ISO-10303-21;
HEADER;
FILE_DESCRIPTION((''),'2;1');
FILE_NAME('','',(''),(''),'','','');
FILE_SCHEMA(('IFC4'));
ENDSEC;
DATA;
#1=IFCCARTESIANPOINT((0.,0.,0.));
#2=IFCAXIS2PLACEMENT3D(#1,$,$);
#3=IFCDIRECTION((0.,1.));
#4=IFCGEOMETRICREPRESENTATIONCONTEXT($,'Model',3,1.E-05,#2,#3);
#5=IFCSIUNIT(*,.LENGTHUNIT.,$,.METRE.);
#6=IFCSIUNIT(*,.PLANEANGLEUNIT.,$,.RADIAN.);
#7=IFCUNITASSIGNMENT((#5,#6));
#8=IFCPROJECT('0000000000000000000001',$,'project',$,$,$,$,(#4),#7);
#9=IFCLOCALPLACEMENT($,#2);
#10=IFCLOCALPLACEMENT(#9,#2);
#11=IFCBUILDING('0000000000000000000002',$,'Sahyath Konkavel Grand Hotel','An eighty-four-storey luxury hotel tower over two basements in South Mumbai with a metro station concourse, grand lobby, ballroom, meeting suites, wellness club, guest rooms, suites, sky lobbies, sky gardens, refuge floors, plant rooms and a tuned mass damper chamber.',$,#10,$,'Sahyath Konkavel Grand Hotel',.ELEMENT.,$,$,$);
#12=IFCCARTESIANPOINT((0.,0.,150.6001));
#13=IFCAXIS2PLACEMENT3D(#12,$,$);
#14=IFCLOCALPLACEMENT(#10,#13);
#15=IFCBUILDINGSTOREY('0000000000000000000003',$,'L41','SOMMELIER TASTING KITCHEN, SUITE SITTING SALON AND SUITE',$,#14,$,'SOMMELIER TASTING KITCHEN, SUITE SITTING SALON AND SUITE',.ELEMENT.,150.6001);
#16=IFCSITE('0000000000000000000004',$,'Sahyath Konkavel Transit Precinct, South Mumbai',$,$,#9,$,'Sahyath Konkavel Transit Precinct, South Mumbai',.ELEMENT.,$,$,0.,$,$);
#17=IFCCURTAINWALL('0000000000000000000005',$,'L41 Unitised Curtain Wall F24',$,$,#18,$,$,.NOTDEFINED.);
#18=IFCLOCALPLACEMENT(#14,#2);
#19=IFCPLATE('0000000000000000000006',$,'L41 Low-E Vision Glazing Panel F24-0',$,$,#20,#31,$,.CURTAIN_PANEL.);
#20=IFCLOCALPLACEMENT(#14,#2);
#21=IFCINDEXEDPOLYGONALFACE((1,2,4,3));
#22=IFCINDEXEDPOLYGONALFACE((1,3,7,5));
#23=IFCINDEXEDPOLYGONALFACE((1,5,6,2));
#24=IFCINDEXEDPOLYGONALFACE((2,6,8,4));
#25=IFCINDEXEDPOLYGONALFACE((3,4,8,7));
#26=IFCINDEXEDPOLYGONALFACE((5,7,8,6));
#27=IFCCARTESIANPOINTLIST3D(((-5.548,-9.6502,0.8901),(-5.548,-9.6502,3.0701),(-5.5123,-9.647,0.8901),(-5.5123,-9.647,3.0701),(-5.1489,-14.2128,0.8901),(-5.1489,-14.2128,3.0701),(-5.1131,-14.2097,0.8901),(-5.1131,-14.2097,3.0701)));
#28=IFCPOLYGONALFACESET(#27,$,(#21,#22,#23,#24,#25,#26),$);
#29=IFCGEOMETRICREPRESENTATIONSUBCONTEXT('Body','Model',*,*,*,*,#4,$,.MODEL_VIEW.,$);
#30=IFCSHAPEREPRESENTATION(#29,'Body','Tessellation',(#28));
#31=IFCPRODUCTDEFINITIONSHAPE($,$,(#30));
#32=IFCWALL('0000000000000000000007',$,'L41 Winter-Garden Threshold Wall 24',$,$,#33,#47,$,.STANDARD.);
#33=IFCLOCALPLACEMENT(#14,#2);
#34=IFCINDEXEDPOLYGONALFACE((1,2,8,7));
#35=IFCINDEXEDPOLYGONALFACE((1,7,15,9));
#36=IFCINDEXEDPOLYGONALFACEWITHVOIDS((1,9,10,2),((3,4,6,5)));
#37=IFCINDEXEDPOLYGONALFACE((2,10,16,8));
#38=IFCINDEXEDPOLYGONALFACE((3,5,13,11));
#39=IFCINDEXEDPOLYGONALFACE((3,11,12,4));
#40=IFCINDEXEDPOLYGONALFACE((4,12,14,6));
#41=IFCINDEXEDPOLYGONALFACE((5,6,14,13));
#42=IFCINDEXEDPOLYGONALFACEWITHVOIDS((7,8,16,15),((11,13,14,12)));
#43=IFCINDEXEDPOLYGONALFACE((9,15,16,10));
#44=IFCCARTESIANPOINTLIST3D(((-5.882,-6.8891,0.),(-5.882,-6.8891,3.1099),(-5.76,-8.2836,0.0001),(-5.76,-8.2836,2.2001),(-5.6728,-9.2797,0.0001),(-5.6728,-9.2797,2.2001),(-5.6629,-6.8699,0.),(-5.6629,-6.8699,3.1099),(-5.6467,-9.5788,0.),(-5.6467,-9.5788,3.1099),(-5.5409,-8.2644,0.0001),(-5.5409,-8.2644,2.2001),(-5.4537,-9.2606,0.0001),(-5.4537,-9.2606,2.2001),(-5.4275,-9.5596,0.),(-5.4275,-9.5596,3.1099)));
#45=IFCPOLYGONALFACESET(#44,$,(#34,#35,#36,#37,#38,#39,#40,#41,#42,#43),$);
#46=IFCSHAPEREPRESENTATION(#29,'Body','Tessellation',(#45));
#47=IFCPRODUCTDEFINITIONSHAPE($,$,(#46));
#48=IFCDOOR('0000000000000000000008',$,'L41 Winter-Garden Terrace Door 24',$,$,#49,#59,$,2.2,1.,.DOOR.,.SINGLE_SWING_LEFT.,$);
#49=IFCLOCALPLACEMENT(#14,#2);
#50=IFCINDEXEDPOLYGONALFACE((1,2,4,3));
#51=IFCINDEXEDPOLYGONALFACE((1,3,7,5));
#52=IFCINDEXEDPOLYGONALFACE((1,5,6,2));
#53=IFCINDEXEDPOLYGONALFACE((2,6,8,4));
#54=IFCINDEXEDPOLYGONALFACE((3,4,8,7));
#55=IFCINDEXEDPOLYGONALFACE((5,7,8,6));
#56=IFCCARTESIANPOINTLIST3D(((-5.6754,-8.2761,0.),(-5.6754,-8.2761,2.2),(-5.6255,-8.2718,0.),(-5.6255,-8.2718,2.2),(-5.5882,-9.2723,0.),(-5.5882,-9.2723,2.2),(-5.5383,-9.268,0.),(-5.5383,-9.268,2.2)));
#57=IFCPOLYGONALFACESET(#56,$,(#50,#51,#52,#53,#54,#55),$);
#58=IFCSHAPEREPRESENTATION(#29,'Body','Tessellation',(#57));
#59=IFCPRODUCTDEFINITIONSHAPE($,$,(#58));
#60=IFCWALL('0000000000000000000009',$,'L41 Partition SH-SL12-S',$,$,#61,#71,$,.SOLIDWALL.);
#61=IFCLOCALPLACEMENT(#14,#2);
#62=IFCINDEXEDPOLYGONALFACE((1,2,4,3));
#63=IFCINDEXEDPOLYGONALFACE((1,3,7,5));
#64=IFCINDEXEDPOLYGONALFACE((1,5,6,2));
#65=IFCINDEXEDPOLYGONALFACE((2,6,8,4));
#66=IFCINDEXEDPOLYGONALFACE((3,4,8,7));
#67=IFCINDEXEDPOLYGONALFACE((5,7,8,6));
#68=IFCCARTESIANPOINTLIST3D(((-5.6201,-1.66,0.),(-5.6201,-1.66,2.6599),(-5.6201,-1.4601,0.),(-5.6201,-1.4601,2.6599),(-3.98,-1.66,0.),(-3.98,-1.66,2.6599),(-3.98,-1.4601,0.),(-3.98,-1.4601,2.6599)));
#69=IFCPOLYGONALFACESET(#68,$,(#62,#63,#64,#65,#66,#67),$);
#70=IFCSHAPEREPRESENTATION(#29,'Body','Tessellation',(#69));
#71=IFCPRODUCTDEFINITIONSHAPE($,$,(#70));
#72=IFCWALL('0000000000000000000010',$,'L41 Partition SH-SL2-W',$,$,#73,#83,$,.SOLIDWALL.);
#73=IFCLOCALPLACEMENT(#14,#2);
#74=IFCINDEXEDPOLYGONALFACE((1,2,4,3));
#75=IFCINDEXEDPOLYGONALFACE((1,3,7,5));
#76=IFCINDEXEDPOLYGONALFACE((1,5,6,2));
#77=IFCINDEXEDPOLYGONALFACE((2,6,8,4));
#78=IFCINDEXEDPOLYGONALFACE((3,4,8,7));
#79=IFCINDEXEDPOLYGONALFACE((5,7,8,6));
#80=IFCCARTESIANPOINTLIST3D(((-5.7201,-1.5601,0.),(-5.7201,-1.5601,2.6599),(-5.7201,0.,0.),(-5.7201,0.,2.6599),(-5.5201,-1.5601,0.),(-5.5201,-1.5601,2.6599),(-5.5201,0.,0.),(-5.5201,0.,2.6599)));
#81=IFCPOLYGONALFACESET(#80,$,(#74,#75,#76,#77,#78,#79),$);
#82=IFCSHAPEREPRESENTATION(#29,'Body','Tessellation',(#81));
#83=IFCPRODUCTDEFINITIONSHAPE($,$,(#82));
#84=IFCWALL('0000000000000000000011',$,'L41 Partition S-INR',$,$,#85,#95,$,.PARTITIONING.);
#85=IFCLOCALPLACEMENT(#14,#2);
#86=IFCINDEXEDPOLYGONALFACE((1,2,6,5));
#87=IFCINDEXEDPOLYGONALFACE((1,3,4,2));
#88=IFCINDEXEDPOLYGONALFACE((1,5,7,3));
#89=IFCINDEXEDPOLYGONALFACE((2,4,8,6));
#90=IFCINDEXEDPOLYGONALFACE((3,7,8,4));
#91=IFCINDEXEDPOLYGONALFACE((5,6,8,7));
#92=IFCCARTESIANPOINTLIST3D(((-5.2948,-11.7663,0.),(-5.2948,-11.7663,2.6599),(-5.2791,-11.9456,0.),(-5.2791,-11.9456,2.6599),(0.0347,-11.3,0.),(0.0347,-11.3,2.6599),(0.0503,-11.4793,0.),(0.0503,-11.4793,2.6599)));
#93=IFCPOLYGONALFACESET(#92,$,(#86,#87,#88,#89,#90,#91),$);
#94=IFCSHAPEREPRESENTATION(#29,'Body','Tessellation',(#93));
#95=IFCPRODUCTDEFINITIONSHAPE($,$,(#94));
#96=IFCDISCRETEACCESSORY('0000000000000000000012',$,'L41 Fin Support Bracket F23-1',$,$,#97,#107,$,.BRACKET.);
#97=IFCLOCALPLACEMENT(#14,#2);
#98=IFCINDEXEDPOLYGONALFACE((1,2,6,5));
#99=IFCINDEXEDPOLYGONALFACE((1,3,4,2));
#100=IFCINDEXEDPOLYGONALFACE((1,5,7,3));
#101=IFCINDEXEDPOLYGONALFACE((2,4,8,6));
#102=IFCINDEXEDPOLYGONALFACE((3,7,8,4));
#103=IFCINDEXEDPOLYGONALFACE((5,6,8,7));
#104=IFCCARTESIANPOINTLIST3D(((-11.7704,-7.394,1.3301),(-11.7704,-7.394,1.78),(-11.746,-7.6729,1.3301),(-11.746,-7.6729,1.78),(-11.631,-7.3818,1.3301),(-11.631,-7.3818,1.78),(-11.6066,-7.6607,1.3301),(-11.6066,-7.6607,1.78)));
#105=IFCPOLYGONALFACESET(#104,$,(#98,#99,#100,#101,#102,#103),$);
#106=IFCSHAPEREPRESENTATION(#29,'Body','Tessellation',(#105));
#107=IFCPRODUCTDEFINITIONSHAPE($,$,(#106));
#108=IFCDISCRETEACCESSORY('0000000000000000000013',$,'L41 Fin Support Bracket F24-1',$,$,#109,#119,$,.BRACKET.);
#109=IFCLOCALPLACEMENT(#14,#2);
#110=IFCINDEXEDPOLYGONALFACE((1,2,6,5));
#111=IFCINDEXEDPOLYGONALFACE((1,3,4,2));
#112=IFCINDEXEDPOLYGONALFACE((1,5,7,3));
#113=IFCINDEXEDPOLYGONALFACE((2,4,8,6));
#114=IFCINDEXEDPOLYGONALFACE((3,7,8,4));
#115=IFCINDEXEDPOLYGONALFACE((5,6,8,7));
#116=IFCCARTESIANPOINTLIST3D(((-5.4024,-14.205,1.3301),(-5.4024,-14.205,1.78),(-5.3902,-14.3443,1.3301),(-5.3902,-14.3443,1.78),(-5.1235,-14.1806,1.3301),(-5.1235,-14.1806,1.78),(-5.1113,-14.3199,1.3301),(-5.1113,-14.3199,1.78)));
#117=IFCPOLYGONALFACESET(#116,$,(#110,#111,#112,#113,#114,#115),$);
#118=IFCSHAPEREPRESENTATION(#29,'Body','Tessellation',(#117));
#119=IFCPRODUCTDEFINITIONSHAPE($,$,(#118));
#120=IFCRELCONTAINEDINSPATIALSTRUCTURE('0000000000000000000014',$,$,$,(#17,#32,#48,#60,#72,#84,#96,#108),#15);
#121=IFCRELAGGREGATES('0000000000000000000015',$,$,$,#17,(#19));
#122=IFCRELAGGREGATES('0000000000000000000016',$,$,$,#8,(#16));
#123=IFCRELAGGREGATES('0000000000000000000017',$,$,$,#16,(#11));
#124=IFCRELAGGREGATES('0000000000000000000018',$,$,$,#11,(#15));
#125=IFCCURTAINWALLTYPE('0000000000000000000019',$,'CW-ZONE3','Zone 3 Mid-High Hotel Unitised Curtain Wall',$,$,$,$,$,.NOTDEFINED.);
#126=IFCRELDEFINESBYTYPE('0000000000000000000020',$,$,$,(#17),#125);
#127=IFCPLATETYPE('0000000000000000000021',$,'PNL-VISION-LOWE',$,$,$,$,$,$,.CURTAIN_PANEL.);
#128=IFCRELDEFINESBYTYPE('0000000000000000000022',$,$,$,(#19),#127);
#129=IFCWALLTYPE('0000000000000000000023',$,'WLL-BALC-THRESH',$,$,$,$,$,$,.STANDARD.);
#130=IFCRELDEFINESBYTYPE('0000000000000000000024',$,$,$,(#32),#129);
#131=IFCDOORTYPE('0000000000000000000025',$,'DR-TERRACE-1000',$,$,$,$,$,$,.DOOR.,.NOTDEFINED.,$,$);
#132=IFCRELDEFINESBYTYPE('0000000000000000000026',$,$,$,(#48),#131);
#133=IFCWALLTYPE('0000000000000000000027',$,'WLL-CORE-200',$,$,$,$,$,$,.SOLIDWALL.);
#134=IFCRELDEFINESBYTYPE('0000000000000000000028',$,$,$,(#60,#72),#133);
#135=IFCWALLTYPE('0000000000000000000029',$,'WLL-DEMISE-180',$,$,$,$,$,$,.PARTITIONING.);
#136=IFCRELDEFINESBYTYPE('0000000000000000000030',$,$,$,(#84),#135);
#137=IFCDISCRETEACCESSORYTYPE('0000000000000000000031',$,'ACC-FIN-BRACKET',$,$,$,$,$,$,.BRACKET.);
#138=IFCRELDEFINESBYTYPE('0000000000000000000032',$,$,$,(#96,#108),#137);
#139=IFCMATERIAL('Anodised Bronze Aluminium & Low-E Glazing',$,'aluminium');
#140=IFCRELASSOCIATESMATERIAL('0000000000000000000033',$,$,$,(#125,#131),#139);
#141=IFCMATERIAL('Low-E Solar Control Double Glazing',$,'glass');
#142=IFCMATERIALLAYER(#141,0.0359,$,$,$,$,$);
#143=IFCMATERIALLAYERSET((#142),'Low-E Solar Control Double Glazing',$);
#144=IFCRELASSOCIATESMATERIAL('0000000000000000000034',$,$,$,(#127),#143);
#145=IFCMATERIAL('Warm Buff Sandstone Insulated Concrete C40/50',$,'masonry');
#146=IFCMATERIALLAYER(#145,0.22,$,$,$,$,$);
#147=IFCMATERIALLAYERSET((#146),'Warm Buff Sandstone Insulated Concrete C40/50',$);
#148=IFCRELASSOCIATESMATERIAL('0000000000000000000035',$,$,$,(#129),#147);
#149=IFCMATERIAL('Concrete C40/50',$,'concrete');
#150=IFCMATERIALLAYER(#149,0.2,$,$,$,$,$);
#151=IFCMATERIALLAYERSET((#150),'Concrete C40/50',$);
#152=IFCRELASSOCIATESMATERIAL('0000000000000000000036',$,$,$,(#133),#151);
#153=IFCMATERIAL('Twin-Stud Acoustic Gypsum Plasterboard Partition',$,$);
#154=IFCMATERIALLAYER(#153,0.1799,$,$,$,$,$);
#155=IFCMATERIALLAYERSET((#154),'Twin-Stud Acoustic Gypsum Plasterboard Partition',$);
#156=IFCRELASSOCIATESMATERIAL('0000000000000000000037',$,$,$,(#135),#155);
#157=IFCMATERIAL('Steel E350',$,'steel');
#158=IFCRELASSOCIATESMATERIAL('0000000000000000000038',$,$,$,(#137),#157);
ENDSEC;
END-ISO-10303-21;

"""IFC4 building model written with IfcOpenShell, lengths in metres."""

from ifc_helpers import new_model, si_unit, direction, frame, frame_2d, origin, origin_2d, place, context, subcontext, project, spatial, rectangle, extrude, source, transform, mapped, material, layer, layer_set, type_object, element, fill, aggregate, save


model = new_model("IFC4")

# Units and contexts
model_context = context("Model", 3, precision=1e-05, world=origin(), true_north=direction((0.0, 1.0)))
body_context = subcontext(model_context, "Body", "Model", "MODEL_VIEW")
ifc_project = project(units=[si_unit("LENGTHUNIT", "METRE"), si_unit("PLANEANGLEUNIT", "RADIAN")], contexts=[model_context])

# Site, building, storey
site_placement = place(None, origin())
site = spatial("IfcSite", under=ifc_project, at=site_placement, Name="Sahyath Konkavel Transit Precinct, South Mumbai", LongName="Sahyath Konkavel Transit Precinct, South Mumbai", CompositionType="ELEMENT", RefElevation=0.0)
building_placement = place(site_placement, origin())
building = spatial("IfcBuilding", under=site, at=building_placement, Name="Sahyath Konkavel Grand Hotel", Description="An eighty-four-storey luxury hotel tower over two basements in South Mumbai with a metro station concourse, grand lobby, ballroom, meeting suites, wellness club, guest rooms, suites, sky lobbies, sky gardens, refuge floors, plant rooms and a tuned mass damper chamber.", LongName="Sahyath Konkavel Grand Hotel", CompositionType="ELEMENT")
storey_placement = place(building_placement, frame((0.0, 0.0, 150.6001)))
storey = spatial("IfcBuildingStorey", under=building, at=storey_placement, Name="L41", Description="SOMMELIER TASTING KITCHEN, SUITE SITTING SALON AND SUITE", LongName="SOMMELIER TASTING KITCHEN, SUITE SITTING SALON AND SUITE", CompositionType="ELEMENT", Elevation=150.6001)

# Shared definitions
ifc_material_1 = material(Name="Steel E350", Category="steel")

# Curtain wall
ifc_material_2 = material(Name="Anodised Bronze Aluminium & Low-E Glazing", Category="aluminium")
curtain_wall_type = type_object("IfcCurtainWallType", Name="CW-ZONE3", Description="Zone 3 Mid-High Hotel Unitised Curtain Wall", PredefinedType="NOTDEFINED", material=ifc_material_2)
curtain_wall_1_placement = place(storey_placement, origin())
curtain_wall_1 = element("IfcCurtainWall", 1, at=curtain_wall_1_placement, inside=storey, type_object=curtain_wall_type, Name="L41 Unitised Curtain Wall F24", PredefinedType="NOTDEFINED")

# Plate
ifc_material_3 = material(Name="Low-E Solar Control Double Glazing", Category="glass")
ifc_layer_1 = layer(ifc_material_3, 0.0359)
ifc_layer_set_1 = layer_set([ifc_layer_1], Name="Low-E Solar Control Double Glazing")
plate_type_1 = type_object("IfcPlateType", Name="PNL-VISION-LOWE", PredefinedType="CURTAIN_PANEL", material=ifc_layer_set_1)
shared_shape_1 = source(origin(), body_context, "Body", "SweptSolid", [
    extrude(rectangle(XDim=4.5801, YDim=0.0359, at=origin_2d()), origin(), (0.0, 0.0, 1.0), 2.1799),
])
plate_1_placement = place(storey_placement, frame((-5.3306, -11.9299, 0.8901), z_axis=(0.0, 0.0, 1.0), x_axis=(0.087156, -0.996195, 0.0)))
plate_1 = element("IfcPlate", 2, at=plate_1_placement, type_object=plate_type_1, Name="L41 Low-E Vision Glazing Panel F24-0", PredefinedType="CURTAIN_PANEL", context=body_context, shape_type="MappedRepresentation", body=[
    mapped(shared_shape_1, transform((0.0, 0.0, 0.0), scale=1.0)),
])
aggregate(curtain_wall_1, [plate_1])

# Wall, opening, door
ifc_material_4 = material(Name="Warm Buff Sandstone Insulated Concrete C40/50", Category="masonry")
ifc_layer_2 = layer(ifc_material_4, 0.22)
ifc_layer_set_2 = layer_set([ifc_layer_2], Name="Warm Buff Sandstone Insulated Concrete C40/50")
wall_type_1 = type_object("IfcWallType", Name="WLL-BALC-THRESH", PredefinedType="STANDARD", material=ifc_layer_set_2)
wall_1_placement = place(storey_placement, frame((-5.7725, -6.8794, 0.0), z_axis=(0.0, 0.0, 1.0), x_axis=(0.087168, -0.996194, 0.0)))
wall_1 = element("IfcWall", 3, at=wall_1_placement, inside=storey, type_object=wall_type_1, Name="L41 Winter-Garden Threshold Wall 24", PredefinedType="STANDARD", context=body_context, shape_type="SweptSolid", body=[
    extrude(rectangle(XDim=2.7, YDim=0.22, at=frame_2d((1.3501, 0.0))), origin(), (0.0, 0.0, 1.0), 3.1099),
])
opening_placement = place(wall_1_placement, frame((1.3999, 0.0, 0.0)))
opening = element("IfcOpeningElement", 4, at=opening_placement, cuts=wall_1, PredefinedType="OPENING", context=body_context, shape_type="SweptSolid", body=[
    extrude(rectangle(XDim=1.0, YDim=2.2, at=frame_2d((0.5, 1.1001))), frame((0.0, 0.1201, 0.0), z_axis=(0.0, -1.0, 0.0), x_axis=(1.0, 0.0, 0.0)), (0.0, 0.0, 1.0), 0.24),
])
door_type = type_object("IfcDoorType", Name="DR-TERRACE-1000", OperationType="NOTDEFINED", PredefinedType="DOOR", material=ifc_material_2)
shared_shape_2 = source(origin(), body_context, "Body", "SweptSolid", [
    extrude(rectangle(XDim=1.0, YDim=0.05, at=origin_2d()), origin(), (0.0, 0.0, 1.0), 2.2),
])
door_placement = place(opening_placement, frame((0.5, 0.0, 0.0)))
door = element("IfcDoor", 5, at=door_placement, inside=storey, type_object=door_type, Name="L41 Winter-Garden Terrace Door 24", OperationType="SINGLE_SWING_LEFT", OverallHeight=2.2, OverallWidth=1.0, PredefinedType="DOOR", context=body_context, shape_type="MappedRepresentation", body=[
    mapped(shared_shape_2, transform((0.0, 0.0, 0.0), scale=1.0)),
])
fill(opening, door)

# Walls
ifc_material_5 = material(Name="Concrete C40/50", Category="concrete")
ifc_layer_3 = layer(ifc_material_5, 0.2)
ifc_layer_set_3 = layer_set([ifc_layer_3], Name="Concrete C40/50")
wall_type_2 = type_object("IfcWallType", Name="WLL-CORE-200", PredefinedType="SOLIDWALL", material=ifc_layer_set_3)
wall_2_placement = place(storey_placement, frame((-5.6201, -1.5601, 0.0), z_axis=(0.0, 0.0, 1.0), x_axis=(1.0, 0.0, 0.0)))
element("IfcWall", 6, at=wall_2_placement, inside=storey, type_object=wall_type_2, Name="L41 Partition SH-SL12-S", PredefinedType="SOLIDWALL", context=body_context, shape_type="SweptSolid", body=[
    extrude(rectangle(XDim=1.6401, YDim=0.2, at=frame_2d((0.8201, 0.0))), origin(), (0.0, 0.0, 1.0), 2.6599),
])
wall_3_placement = place(storey_placement, frame((-5.6201, -1.5601, 0.0), z_axis=(0.0, 0.0, 1.0), x_axis=(0.0, 1.0, 0.0)))
element("IfcWall", 7, at=wall_3_placement, inside=storey, type_object=wall_type_2, Name="L41 Partition SH-SL2-W", PredefinedType="SOLIDWALL", context=body_context, shape_type="SweptSolid", body=[
    extrude(rectangle(XDim=1.5601, YDim=0.2, at=frame_2d((0.78, 0.0))), origin(), (0.0, 0.0, 1.0), 2.6599),
])
ifc_material_6 = material(Name="Twin-Stud Acoustic Gypsum Plasterboard Partition")
ifc_layer_4 = layer(ifc_material_6, 0.1799)
ifc_layer_set_4 = layer_set([ifc_layer_4], Name="Twin-Stud Acoustic Gypsum Plasterboard Partition")
wall_type_3 = type_object("IfcWallType", Name="WLL-DEMISE-180", PredefinedType="PARTITIONING", material=ifc_layer_set_4)
wall_4_placement = place(storey_placement, frame((-5.2869, -11.856, 0.0), z_axis=(0.0, 0.0, 1.0), x_axis=(0.996194, 0.087161, 0.0)))
element("IfcWall", 8, at=wall_4_placement, inside=storey, type_object=wall_type_3, Name="L41 Partition S-INR", PredefinedType="PARTITIONING", context=body_context, shape_type="SweptSolid", body=[
    extrude(rectangle(XDim=5.3499, YDim=0.1799, at=frame_2d((2.6748, 0.0))), origin(), (0.0, 0.0, 1.0), 2.6599),
])

# Discrete accessories
discrete_accessory_type = type_object("IfcDiscreteAccessoryType", Name="ACC-FIN-BRACKET", PredefinedType="BRACKET", material=ifc_material_1)
shared_shape_3 = source(origin(), body_context, "Body", "SweptSolid", [
    extrude(rectangle(XDim=0.28, YDim=0.1399, at=origin_2d()), origin(), (0.0, 0.0, 1.0), 0.45),
])
for number, where, z_axis, x_axis, name in (
    (9, (-11.6885, -7.5273, 1.3301), (0.0, 0.0, 1.0), (0.087156, -0.996195, 0.0), "L41 Fin Support Bracket F23-1"),
    (10, (-5.2568, -14.2625, 1.3301), (0.0, 0.0, 1.0), (-0.996195, -0.087156, 0.0), "L41 Fin Support Bracket F24-1"),
):
    element("IfcDiscreteAccessory", number, at=place(storey_placement, frame(where, z_axis=z_axis, x_axis=x_axis)), inside=storey, type_object=discrete_accessory_type, Name=name, PredefinedType="BRACKET", context=body_context, shape_type="MappedRepresentation", body=[
        mapped(shared_shape_3, transform((0.0, 0.0, 0.0), scale=1.0)),
    ])

save(model, "model.ifc")
